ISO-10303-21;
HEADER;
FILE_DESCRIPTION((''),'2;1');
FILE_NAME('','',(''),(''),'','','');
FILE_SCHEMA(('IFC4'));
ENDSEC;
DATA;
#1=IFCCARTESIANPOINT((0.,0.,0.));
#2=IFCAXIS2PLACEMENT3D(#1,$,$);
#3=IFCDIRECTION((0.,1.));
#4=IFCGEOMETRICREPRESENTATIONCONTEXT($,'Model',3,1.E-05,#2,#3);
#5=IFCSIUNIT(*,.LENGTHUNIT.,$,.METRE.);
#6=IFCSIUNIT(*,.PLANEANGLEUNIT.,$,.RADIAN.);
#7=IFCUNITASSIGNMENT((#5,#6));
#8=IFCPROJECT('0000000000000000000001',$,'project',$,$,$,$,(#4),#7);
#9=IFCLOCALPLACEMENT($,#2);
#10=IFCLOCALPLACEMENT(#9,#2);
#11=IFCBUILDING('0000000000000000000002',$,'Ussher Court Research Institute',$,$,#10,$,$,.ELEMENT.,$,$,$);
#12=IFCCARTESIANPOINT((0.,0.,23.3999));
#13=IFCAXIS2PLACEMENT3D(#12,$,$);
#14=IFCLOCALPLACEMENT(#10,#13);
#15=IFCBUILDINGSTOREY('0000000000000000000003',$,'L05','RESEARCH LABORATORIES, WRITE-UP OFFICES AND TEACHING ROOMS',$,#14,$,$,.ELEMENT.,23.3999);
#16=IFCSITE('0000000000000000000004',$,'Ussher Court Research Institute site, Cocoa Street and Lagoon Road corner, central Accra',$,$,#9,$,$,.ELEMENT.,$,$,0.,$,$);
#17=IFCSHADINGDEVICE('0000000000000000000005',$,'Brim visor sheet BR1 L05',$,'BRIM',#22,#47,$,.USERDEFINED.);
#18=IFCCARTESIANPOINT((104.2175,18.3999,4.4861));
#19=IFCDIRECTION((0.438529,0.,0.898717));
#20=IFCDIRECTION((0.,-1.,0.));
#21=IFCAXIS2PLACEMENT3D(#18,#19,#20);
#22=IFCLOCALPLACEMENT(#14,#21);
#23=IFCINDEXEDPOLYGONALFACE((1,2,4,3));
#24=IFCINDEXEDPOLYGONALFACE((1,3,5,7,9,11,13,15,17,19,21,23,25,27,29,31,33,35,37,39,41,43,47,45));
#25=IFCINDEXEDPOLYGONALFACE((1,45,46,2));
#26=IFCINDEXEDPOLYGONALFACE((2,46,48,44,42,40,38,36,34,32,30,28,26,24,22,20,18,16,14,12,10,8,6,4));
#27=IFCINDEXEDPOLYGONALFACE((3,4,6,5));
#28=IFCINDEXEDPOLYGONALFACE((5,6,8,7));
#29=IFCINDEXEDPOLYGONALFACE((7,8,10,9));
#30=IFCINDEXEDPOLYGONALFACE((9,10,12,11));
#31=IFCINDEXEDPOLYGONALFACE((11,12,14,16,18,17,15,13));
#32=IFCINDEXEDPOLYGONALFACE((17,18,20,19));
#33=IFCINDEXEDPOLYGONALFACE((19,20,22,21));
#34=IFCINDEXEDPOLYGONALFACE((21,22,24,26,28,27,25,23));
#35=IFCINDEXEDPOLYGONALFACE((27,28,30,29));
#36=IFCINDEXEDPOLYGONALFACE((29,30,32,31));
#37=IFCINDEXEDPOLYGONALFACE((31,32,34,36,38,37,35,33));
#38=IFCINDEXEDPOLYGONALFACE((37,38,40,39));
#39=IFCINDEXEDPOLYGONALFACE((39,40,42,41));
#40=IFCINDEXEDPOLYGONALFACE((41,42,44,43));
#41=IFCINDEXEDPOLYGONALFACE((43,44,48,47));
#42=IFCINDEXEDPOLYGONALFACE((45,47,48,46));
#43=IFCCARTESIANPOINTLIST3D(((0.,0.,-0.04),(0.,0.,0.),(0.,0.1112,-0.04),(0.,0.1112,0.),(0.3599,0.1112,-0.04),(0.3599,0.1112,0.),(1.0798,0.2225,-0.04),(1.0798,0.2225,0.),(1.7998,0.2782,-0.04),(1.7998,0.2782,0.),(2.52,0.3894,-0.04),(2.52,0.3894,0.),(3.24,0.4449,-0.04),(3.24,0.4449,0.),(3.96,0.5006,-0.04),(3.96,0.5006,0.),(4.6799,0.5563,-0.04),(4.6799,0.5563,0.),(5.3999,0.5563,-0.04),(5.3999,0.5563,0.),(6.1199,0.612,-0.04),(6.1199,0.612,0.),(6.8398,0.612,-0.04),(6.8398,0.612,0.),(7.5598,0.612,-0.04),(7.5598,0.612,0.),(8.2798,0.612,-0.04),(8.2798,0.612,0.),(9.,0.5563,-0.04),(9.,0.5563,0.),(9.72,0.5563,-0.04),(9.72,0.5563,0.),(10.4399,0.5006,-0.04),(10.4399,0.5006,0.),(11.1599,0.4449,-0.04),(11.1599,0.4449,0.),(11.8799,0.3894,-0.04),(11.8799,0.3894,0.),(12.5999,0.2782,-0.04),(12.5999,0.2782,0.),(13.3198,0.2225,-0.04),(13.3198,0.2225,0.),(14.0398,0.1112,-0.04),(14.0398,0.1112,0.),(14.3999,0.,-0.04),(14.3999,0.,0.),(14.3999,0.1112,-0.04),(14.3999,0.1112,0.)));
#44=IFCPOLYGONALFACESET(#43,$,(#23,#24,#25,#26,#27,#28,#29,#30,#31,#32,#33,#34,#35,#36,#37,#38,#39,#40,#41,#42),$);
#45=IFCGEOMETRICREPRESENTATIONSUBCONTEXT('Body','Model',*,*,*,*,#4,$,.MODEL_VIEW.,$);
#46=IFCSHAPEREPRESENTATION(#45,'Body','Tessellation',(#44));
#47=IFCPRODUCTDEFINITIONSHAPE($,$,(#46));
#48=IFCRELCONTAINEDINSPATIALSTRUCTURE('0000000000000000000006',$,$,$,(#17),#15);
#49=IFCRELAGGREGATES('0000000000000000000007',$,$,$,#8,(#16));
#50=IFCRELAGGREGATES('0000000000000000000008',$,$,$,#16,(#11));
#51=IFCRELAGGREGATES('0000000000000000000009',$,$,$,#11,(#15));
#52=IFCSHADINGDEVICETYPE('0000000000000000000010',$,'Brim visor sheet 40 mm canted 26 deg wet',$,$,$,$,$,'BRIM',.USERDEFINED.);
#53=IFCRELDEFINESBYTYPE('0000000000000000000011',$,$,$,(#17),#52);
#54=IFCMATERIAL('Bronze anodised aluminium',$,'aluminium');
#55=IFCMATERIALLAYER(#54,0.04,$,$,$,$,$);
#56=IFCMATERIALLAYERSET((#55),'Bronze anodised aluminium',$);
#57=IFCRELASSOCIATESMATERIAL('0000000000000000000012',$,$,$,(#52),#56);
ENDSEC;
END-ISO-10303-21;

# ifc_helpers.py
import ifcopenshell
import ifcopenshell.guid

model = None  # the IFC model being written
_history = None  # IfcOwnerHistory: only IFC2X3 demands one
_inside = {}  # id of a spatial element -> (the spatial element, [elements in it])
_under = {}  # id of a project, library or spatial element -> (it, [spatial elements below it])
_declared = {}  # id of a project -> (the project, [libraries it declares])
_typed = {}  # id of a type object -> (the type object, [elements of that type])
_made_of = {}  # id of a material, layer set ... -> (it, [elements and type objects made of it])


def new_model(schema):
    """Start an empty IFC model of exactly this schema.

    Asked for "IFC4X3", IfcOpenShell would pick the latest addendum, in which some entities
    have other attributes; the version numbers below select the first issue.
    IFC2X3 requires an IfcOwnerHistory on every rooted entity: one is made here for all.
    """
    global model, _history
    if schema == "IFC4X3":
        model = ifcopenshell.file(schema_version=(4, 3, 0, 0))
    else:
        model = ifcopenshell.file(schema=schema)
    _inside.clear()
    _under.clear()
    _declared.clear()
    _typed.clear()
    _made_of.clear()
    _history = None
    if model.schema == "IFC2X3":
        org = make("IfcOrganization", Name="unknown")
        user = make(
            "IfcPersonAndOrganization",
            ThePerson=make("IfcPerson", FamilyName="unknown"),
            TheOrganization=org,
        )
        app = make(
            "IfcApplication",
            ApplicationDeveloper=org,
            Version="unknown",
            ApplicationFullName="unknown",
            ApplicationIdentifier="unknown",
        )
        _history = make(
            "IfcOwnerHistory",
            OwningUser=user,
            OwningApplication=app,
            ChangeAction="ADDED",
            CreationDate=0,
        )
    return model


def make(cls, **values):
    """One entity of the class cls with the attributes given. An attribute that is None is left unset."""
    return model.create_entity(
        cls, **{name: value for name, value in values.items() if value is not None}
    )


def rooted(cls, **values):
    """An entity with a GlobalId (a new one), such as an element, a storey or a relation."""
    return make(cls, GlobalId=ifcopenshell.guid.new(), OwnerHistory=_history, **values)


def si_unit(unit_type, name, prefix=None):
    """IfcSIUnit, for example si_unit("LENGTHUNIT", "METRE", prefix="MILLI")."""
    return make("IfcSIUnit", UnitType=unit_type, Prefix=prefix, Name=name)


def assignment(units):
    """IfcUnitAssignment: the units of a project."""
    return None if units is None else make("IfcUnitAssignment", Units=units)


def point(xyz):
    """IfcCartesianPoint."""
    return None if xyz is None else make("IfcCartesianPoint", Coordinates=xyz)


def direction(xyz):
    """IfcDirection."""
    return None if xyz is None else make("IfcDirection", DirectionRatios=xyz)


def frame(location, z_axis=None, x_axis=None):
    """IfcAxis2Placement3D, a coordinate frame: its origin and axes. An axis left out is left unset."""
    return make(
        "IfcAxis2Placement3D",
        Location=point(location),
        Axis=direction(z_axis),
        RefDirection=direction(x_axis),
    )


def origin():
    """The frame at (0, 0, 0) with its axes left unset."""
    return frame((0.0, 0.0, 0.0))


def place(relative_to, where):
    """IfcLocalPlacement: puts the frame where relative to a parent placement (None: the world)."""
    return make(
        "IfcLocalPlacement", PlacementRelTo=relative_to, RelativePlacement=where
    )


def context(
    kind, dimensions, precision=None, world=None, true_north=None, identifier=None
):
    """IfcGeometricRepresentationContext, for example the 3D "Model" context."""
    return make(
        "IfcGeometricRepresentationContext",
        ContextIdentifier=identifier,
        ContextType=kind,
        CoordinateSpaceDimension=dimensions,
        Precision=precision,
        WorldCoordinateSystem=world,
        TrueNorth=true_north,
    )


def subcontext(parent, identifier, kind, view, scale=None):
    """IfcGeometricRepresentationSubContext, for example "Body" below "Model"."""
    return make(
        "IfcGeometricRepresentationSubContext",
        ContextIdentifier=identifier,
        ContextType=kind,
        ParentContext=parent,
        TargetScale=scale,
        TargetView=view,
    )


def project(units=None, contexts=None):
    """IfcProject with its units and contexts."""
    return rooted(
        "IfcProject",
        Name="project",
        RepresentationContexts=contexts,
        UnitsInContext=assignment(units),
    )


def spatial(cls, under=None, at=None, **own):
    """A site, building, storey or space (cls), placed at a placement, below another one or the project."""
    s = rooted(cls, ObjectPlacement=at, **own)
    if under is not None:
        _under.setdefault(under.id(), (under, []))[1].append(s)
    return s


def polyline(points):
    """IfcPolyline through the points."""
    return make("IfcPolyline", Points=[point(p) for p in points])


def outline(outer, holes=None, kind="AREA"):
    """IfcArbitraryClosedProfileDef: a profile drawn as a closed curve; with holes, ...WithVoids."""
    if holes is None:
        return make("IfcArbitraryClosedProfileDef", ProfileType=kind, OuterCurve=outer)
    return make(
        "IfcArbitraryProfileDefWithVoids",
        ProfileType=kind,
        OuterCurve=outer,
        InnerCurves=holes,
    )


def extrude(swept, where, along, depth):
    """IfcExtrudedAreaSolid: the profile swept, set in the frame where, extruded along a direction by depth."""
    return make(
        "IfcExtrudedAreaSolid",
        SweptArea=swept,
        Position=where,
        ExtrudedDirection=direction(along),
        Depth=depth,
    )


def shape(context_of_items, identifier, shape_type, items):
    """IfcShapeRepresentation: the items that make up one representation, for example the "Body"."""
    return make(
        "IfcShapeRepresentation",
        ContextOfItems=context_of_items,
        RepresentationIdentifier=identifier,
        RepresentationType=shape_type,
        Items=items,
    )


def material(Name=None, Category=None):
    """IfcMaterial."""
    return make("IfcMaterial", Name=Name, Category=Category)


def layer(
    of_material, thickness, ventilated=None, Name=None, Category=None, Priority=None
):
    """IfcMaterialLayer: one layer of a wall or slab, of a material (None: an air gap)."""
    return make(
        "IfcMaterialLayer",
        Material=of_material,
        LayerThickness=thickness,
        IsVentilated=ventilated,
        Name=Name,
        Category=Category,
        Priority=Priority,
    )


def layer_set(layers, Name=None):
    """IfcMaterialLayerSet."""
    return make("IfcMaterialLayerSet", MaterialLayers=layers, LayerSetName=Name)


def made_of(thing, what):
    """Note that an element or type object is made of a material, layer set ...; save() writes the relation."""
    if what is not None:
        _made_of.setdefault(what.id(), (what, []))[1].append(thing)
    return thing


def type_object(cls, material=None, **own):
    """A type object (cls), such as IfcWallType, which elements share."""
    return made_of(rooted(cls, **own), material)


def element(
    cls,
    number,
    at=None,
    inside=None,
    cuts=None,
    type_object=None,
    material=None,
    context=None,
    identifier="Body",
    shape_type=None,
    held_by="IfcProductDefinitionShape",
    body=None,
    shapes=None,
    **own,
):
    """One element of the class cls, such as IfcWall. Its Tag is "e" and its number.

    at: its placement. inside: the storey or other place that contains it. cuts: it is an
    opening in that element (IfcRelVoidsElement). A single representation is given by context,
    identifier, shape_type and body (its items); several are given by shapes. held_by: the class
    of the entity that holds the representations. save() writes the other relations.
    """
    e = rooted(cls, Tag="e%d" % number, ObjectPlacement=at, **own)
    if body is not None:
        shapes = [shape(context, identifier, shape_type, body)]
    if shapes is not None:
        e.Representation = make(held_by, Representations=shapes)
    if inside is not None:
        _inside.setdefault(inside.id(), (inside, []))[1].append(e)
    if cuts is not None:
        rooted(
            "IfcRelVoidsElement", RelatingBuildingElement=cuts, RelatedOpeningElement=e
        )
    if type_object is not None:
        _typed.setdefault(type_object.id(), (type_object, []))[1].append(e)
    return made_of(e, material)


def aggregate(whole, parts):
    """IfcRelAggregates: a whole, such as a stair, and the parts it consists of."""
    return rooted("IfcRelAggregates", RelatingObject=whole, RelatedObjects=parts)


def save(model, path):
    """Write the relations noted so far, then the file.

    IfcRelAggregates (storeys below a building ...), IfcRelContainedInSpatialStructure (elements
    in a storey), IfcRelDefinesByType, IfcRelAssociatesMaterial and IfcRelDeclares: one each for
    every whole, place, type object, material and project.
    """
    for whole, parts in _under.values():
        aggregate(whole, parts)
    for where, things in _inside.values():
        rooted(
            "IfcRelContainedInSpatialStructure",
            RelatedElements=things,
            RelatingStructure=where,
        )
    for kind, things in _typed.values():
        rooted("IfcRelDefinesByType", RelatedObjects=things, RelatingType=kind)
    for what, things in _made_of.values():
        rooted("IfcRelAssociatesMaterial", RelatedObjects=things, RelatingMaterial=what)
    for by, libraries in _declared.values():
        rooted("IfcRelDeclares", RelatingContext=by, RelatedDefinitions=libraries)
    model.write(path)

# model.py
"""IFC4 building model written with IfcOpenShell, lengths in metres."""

from ifc_helpers import new_model, si_unit, direction, frame, origin, place, context, subcontext, project, spatial, polyline, outline, extrude, material, layer, layer_set, type_object, element, save


model = new_model("IFC4")

# Units and contexts
model_context = context("Model", 3, precision=1e-05, world=origin(), true_north=direction((0.0, 1.0)))
body_context = subcontext(model_context, "Body", "Model", "MODEL_VIEW")
ifc_project = project(units=[si_unit("LENGTHUNIT", "METRE"), si_unit("PLANEANGLEUNIT", "RADIAN")], contexts=[model_context])

# Site, building, storey
site_placement = place(None, origin())
site = spatial("IfcSite", under=ifc_project, at=site_placement, Name="Ussher Court Research Institute site, Cocoa Street and Lagoon Road corner, central Accra", CompositionType="ELEMENT", RefElevation=0.0)
building_placement = place(site_placement, origin())
building = spatial("IfcBuilding", under=site, at=building_placement, Name="Ussher Court Research Institute", CompositionType="ELEMENT")
storey_placement = place(building_placement, frame((0.0, 0.0, 23.3999)))
storey = spatial("IfcBuildingStorey", under=building, at=storey_placement, Name="L05", Description="RESEARCH LABORATORIES, WRITE-UP OFFICES AND TEACHING ROOMS", CompositionType="ELEMENT", Elevation=23.3999)

# Shading device
ifc_material_1 = material(Name="Bronze anodised aluminium", Category="aluminium")
ifc_layer_1 = layer(ifc_material_1, 0.04)
ifc_layer_set_1 = layer_set([ifc_layer_1], Name="Bronze anodised aluminium")
shading_device_type_1 = type_object("IfcShadingDeviceType", Name="Brim visor sheet 40 mm canted 26 deg wet", ElementType="BRIM", PredefinedType="USERDEFINED", material=ifc_layer_set_1)
shading_device_1_placement = place(storey_placement, frame((104.2175, 18.3999, 4.4861), z_axis=(0.438529, 0.0, 0.898717), x_axis=(0.0, -1.0, 0.0)))
element("IfcShadingDevice", 1, at=shading_device_1_placement, inside=storey, type_object=shading_device_type_1, Name="Brim visor sheet BR1 L05", ObjectType="BRIM", PredefinedType="USERDEFINED", context=body_context, shape_type="SweptSolid", body=[
    extrude(outline(polyline([(0.0, 0.0), (14.3999, 0.0), (14.3999, 0.1112), (14.0398, 0.1112), (13.3198, 0.2225), (12.5999, 0.2782), (11.8799, 0.3894), (11.1599, 0.4449), (10.4399, 0.5006), (9.72, 0.5563), (9.0, 0.5563), (8.2798, 0.612), (7.5598, 0.612), (6.8398, 0.612), (6.1199, 0.612), (5.3999, 0.5563), (4.6799, 0.5563), (3.96, 0.5006), (3.24, 0.4449), (2.52, 0.3894), (1.7998, 0.2782), (1.0798, 0.2225), (0.3599, 0.1112), (0.0, 0.1112), (0.0, 0.0)])), origin(), (0.0, 0.0, -1.0), 0.04),
])

save(model, "model.ifc")
